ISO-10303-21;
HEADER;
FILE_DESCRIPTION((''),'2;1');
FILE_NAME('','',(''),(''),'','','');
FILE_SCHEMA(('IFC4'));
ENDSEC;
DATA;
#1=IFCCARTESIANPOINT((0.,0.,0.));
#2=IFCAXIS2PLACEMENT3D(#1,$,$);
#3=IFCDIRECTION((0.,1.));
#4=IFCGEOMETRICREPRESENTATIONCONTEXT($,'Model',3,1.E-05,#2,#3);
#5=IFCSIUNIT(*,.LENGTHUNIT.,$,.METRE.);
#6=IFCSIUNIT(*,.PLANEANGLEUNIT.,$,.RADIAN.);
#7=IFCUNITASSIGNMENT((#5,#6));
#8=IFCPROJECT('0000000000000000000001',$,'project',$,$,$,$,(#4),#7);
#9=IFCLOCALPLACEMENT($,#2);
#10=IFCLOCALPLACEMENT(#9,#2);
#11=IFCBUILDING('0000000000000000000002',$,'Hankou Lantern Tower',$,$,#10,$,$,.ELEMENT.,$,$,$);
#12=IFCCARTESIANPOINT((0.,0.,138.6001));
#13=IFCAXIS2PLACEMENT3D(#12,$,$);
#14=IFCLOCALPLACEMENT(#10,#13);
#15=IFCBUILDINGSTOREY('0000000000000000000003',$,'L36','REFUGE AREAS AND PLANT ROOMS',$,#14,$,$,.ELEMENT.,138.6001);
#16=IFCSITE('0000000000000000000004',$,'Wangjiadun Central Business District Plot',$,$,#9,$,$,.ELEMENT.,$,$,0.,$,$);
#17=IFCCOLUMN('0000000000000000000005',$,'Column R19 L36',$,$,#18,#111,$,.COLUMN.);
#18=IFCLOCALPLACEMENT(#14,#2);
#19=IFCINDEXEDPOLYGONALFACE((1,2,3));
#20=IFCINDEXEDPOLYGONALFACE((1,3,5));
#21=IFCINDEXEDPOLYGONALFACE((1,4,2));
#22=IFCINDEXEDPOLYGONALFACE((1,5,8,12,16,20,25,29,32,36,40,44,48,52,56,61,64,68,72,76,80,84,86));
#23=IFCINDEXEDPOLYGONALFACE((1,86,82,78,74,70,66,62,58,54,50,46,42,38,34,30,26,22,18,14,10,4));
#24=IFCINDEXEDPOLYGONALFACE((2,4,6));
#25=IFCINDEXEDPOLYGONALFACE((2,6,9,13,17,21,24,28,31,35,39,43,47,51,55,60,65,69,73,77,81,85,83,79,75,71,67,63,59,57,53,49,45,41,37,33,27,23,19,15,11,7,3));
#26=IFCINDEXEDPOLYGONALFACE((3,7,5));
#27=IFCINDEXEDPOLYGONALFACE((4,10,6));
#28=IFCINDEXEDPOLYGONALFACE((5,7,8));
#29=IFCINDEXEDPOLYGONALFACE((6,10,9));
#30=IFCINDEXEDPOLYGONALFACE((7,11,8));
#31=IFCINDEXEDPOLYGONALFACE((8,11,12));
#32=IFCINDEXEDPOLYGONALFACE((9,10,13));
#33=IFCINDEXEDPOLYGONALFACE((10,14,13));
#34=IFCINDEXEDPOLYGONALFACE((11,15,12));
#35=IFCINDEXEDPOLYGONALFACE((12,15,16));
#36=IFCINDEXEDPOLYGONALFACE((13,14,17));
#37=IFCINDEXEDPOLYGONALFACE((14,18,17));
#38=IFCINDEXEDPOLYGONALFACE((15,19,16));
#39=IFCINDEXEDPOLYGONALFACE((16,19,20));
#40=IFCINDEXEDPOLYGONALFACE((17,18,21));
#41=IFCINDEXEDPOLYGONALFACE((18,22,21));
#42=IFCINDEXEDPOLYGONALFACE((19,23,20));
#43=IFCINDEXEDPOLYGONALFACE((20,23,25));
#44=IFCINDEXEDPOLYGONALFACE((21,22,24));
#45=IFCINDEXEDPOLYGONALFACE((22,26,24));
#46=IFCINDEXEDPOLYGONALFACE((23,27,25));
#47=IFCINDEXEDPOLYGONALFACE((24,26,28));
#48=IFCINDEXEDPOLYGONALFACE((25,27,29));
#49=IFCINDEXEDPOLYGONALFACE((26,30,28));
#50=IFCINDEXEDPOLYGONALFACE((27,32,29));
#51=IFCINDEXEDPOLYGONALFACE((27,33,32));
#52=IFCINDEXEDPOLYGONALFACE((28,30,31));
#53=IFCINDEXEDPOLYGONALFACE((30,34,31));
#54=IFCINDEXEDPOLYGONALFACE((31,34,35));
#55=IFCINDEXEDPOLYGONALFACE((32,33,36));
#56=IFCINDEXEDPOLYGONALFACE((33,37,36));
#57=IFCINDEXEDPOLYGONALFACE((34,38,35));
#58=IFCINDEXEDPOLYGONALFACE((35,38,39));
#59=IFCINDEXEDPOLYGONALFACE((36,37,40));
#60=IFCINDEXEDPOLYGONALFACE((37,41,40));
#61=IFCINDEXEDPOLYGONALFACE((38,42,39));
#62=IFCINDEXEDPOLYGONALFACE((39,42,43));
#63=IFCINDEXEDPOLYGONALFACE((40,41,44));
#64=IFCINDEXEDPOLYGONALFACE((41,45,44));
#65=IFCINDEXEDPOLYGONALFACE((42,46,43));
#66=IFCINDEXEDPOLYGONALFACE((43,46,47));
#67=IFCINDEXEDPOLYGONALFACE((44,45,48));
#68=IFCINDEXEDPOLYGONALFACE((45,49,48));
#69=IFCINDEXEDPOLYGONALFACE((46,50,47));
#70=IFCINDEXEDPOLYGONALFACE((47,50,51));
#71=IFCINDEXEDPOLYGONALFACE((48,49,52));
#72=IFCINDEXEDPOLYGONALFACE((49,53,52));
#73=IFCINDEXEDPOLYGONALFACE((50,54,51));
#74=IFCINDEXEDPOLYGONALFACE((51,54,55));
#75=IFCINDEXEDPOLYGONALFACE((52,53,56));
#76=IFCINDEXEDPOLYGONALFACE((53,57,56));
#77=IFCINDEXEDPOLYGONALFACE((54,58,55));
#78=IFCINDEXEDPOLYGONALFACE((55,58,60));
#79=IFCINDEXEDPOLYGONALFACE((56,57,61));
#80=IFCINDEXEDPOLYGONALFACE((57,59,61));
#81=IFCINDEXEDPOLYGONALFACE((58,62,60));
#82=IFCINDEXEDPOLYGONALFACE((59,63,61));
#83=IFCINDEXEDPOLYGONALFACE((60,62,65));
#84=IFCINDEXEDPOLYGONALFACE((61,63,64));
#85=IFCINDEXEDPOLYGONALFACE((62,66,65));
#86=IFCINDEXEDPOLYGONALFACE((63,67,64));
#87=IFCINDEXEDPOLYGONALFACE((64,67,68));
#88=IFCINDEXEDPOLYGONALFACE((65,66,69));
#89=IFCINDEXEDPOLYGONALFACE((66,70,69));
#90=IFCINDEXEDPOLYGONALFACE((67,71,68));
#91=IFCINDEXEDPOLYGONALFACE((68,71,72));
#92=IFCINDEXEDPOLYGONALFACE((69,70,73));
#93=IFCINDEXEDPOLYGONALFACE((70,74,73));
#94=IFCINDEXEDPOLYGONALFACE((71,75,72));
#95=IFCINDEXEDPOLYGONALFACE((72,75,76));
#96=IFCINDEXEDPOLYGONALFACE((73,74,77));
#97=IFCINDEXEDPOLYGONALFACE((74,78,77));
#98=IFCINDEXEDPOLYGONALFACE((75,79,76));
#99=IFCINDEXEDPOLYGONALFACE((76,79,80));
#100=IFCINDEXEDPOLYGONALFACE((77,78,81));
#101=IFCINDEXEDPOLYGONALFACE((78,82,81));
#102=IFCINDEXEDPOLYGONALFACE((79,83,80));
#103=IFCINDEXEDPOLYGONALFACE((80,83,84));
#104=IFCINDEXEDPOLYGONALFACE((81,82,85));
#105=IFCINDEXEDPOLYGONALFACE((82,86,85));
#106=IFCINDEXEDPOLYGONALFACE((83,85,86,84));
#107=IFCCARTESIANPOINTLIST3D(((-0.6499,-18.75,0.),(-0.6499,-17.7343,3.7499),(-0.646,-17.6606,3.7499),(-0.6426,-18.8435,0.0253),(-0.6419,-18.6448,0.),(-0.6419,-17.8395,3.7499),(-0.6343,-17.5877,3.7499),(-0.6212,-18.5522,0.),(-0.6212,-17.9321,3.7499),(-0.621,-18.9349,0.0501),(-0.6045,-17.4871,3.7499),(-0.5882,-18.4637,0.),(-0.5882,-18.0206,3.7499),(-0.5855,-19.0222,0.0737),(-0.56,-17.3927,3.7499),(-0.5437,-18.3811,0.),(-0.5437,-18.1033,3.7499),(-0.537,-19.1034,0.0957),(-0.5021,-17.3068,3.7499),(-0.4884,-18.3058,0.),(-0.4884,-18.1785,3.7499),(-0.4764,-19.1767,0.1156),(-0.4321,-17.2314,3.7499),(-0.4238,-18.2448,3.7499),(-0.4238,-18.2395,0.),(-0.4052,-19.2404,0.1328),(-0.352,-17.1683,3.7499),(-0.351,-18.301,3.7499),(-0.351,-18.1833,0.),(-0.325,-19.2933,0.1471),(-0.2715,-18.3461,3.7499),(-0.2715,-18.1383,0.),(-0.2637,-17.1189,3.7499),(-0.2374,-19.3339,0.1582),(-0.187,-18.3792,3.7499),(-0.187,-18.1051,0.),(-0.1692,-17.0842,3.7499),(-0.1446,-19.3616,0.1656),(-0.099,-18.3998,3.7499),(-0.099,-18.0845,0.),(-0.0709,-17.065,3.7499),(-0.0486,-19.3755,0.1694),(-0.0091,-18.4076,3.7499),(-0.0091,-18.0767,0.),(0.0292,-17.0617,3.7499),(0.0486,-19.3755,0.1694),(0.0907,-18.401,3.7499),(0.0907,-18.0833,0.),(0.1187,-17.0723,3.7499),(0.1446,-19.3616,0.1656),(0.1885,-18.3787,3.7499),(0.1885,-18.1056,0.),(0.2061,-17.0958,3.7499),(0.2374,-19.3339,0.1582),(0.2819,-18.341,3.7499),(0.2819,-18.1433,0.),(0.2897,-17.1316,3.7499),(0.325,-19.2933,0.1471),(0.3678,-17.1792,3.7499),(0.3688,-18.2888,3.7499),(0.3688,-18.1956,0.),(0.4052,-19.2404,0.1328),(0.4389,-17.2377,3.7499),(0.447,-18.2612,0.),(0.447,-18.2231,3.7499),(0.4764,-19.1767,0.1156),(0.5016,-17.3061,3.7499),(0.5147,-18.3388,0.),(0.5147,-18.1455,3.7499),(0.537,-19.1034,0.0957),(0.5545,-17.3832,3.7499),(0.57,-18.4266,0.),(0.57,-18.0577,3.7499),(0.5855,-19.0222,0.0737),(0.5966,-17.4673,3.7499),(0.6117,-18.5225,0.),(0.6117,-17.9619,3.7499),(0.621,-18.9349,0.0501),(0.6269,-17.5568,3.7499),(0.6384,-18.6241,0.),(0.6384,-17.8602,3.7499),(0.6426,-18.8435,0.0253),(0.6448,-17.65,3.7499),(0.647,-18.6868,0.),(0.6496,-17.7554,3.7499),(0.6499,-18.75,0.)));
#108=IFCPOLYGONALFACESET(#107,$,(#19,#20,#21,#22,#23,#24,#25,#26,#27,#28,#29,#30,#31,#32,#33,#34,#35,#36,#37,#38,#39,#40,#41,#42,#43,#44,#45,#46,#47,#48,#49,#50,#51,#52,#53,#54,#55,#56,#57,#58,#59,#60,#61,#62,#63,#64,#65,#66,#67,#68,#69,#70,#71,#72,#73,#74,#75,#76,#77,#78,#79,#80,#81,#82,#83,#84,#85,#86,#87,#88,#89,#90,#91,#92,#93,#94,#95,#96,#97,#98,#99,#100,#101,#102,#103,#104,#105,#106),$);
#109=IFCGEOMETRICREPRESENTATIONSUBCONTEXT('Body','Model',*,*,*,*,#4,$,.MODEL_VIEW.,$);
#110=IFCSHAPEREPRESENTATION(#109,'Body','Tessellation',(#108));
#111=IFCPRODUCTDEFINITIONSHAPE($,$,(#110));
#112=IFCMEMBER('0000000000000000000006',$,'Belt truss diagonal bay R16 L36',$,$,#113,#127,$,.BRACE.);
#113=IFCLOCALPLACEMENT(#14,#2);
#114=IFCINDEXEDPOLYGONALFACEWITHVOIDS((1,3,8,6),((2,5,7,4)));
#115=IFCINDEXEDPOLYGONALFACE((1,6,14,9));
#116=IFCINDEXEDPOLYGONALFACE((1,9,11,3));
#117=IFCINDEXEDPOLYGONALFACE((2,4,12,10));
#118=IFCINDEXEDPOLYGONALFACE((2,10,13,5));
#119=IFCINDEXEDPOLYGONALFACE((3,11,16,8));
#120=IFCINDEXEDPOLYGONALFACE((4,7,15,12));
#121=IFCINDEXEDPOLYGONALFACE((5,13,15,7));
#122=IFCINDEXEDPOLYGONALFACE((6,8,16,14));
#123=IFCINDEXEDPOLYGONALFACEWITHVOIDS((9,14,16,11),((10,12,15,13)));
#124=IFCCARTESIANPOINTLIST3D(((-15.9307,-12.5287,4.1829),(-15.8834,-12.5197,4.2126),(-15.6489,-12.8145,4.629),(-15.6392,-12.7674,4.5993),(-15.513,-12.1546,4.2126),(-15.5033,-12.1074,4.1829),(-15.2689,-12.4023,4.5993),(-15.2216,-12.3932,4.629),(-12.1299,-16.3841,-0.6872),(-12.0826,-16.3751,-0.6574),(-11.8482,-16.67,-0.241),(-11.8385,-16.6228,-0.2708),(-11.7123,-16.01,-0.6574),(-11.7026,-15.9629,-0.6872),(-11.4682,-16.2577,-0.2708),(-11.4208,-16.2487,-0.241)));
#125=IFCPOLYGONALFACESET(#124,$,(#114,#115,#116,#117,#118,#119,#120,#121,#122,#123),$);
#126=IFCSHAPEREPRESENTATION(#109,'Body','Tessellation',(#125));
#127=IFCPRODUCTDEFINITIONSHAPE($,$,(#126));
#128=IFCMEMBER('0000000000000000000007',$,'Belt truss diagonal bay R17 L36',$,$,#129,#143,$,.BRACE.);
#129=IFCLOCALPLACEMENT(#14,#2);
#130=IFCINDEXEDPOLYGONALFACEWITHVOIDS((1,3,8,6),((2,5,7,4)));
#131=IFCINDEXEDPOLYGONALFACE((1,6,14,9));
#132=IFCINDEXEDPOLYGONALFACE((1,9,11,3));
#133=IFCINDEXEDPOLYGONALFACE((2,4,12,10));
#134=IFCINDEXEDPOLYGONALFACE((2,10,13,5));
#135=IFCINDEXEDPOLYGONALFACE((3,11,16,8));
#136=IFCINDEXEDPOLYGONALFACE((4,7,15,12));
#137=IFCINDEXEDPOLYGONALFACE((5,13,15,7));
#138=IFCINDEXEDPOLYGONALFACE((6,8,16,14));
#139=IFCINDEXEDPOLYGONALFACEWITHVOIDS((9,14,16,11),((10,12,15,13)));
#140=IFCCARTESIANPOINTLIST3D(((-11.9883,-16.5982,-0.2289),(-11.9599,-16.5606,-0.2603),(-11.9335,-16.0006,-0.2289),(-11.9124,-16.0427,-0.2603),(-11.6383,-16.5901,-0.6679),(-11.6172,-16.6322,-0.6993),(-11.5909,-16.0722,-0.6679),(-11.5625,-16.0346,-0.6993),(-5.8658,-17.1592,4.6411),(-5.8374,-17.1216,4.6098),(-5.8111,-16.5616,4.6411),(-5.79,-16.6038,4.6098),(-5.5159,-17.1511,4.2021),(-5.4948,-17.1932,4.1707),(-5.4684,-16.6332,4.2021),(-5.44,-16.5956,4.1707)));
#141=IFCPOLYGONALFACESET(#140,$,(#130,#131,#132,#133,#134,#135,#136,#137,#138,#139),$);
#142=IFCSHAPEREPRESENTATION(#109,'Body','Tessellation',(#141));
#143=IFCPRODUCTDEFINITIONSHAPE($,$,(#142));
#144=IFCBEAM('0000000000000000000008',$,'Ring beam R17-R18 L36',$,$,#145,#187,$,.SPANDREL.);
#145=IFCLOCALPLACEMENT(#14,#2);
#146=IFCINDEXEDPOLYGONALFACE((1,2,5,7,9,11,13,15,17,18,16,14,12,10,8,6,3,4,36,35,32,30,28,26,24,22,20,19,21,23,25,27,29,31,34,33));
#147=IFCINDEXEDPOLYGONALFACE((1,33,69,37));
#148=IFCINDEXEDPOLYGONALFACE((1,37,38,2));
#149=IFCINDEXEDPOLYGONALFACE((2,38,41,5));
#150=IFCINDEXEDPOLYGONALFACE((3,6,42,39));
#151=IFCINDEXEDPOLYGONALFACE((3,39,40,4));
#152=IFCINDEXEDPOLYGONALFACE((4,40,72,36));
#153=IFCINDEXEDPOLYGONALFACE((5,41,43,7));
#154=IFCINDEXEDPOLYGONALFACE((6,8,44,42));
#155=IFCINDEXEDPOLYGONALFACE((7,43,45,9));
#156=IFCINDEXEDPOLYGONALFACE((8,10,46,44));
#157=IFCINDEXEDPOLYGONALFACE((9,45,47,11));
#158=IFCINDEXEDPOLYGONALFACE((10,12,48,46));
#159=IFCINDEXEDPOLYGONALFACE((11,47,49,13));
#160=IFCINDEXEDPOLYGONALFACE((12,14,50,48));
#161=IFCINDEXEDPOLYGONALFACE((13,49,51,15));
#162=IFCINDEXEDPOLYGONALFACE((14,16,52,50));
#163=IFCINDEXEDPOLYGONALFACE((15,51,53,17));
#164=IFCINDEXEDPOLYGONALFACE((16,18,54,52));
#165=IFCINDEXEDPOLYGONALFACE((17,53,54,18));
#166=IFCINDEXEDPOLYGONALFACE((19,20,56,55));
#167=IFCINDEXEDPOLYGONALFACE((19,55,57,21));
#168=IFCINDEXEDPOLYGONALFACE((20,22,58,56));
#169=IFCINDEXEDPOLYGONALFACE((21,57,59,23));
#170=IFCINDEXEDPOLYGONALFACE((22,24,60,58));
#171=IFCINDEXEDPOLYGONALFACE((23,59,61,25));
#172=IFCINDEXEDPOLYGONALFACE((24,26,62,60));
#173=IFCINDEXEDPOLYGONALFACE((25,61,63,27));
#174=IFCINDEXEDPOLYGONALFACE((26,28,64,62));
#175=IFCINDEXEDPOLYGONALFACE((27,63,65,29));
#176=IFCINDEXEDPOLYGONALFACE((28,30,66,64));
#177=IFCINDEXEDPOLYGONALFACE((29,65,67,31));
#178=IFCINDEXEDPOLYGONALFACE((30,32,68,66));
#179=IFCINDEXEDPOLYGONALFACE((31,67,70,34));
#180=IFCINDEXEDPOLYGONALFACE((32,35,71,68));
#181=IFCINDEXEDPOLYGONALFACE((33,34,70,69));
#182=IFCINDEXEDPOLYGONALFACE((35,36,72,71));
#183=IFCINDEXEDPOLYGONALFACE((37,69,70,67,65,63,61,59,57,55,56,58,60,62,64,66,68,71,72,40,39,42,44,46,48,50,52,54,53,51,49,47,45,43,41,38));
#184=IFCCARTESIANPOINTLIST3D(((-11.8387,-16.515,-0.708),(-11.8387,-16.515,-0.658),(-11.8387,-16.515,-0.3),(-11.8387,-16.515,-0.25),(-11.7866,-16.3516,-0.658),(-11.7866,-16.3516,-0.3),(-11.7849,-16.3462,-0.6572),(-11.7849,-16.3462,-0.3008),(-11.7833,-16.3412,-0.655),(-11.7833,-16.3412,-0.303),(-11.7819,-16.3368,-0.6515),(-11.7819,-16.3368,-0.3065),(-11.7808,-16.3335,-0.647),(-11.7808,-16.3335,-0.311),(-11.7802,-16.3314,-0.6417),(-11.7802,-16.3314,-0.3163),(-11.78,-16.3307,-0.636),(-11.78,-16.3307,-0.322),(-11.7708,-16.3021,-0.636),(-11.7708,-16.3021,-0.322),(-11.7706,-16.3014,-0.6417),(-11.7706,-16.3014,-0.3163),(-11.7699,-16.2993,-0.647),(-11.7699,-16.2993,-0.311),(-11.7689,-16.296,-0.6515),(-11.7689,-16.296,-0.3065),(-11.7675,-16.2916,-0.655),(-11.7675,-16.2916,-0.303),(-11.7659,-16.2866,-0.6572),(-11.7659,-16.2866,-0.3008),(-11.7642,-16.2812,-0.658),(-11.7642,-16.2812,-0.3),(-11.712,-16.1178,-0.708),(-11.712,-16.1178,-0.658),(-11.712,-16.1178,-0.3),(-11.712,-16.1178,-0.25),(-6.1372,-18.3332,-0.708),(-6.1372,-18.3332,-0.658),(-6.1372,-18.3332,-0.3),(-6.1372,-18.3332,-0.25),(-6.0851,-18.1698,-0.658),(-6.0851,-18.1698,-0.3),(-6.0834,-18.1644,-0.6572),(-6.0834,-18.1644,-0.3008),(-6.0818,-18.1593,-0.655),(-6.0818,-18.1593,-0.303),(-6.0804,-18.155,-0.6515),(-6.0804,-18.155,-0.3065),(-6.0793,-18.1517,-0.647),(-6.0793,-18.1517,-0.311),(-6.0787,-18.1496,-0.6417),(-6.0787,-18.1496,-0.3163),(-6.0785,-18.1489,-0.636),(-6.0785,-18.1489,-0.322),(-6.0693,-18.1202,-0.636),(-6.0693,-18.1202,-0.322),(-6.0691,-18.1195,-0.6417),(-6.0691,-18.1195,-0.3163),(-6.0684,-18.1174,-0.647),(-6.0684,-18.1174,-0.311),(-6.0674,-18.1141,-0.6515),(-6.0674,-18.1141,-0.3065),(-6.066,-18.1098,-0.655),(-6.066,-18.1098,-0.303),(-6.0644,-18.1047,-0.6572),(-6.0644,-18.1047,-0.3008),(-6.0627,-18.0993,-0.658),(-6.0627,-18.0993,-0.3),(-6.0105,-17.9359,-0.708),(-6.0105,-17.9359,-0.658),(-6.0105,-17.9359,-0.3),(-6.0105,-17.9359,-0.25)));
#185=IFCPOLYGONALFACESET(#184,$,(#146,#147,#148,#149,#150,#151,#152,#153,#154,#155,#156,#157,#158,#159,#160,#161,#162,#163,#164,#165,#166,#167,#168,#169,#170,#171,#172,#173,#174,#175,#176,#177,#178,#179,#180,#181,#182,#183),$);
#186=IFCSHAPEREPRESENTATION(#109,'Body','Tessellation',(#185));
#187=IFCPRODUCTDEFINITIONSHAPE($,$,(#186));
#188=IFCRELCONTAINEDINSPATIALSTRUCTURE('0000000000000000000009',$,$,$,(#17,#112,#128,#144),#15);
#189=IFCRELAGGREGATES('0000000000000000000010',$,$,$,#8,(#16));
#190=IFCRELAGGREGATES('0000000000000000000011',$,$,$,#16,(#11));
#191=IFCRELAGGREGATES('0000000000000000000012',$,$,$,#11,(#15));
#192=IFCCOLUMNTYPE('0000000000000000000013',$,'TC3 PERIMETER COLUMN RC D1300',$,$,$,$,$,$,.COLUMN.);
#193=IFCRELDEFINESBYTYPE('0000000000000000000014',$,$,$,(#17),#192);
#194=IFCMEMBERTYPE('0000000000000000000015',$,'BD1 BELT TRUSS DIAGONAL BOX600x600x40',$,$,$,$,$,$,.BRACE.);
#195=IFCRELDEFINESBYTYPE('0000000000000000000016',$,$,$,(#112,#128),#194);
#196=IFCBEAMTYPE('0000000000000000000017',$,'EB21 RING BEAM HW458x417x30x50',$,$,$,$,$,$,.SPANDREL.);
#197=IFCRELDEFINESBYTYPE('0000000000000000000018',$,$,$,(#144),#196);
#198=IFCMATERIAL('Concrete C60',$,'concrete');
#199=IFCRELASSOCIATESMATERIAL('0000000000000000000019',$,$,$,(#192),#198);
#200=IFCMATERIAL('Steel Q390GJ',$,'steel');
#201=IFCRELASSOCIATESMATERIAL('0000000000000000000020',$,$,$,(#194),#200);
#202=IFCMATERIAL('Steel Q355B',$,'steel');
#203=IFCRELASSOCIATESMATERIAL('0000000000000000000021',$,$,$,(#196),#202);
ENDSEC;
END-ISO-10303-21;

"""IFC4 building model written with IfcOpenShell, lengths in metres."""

from ifc_helpers import new_model, si_unit, direction, frame, origin, origin_2d, place, context, subcontext, project, spatial, hollow_rectangle, circle, i_section, extrude, clip, halfspace, material, material_profile, profile_set, type_object, element, save


model = new_model("IFC4")

# Units and contexts
model_context = context("Model", 3, precision=1e-05, world=origin(), true_north=direction((0.0, 1.0)))
body_context = subcontext(model_context, "Body", "Model", "MODEL_VIEW")
ifc_project = project(units=[si_unit("LENGTHUNIT", "METRE"), si_unit("PLANEANGLEUNIT", "RADIAN")], contexts=[model_context])

# Site, building, storey
site_placement = place(None, origin())
site = spatial("IfcSite", under=ifc_project, at=site_placement, Name="Wangjiadun Central Business District Plot", CompositionType="ELEMENT", RefElevation=0.0)
building_placement = place(site_placement, origin())
building = spatial("IfcBuilding", under=site, at=building_placement, Name="Hankou Lantern Tower", CompositionType="ELEMENT")
storey_placement = place(building_placement, frame((0.0, 0.0, 138.6001)))
storey = spatial("IfcBuildingStorey", under=building, at=storey_placement, Name="L36", Description="REFUGE AREAS AND PLANT ROOMS", CompositionType="ELEMENT", Elevation=138.6001)

# Column
ifc_material_1 = material(Name="Concrete C60", Category="concrete")
ifc_material_profile_1 = material_profile(ifc_material_1, circle(Radius=0.6499, at=origin_2d()), Name="RC D1300")
ifc_profile_set_1 = profile_set([ifc_material_profile_1], Name="Concrete C60")
column_type = type_object("IfcColumnType", Name="TC3 PERIMETER COLUMN RC D1300", PredefinedType="COLUMN", material=ifc_profile_set_1)
column_1_placement = place(storey_placement, frame((0.0, -18.75, 0.0), z_axis=(0.0, 0.261435, 0.965221), x_axis=(-1.0, 0.0, 0.0)))
element("IfcColumn", 1, at=column_1_placement, inside=storey, type_object=column_type, Name="Column R19 L36", PredefinedType="COLUMN", context=body_context, shape_type="Clipping", body=[
    clip(clip(extrude(circle(Radius=0.6499, at=origin_2d()), origin(), (0.0, 0.0, 1.0), 4.9727), halfspace(frame((0.0, 0.0, 0.0), z_axis=(0.0, -0.261435, -0.965221), x_axis=(-1.0, 0.0, 0.0)), False)), halfspace(frame((0.0, 0.0, 3.885), z_axis=(0.0, 0.261435, 0.965221), x_axis=(-1.0, 0.0, 0.0)), False)),
])

# Members
ifc_material_2 = material(Name="Steel Q390GJ", Category="steel")
ifc_material_profile_2 = material_profile(ifc_material_2, hollow_rectangle(XDim=0.6001, YDim=0.6001, WallThickness=0.04, at=origin_2d()), Name="BOX600x600x40")
ifc_profile_set_2 = profile_set([ifc_material_profile_2], Name="Steel Q390GJ")
member_type = type_object("IfcMemberType", Name="BD1 BELT TRUSS DIAGONAL BOX600x600x40", PredefinedType="BRACE", material=ifc_profile_set_2)
member_1_placement = place(storey_placement, frame((-11.7754, -16.3164, -0.4641), z_axis=(-0.521937, 0.529446, 0.668782), x_axis=(-0.712139, -0.702038, 0.0)))
element("IfcMember", 2, at=member_1_placement, inside=storey, type_object=member_type, Name="Belt truss diagonal bay R16 L36", PredefinedType="BRACE", context=body_context, shape_type="SweptSolid", body=[
    extrude(hollow_rectangle(XDim=0.6001, YDim=0.6001, WallThickness=0.04, at=origin_2d()), origin(), (0.0, 0.0, 1.0), 7.282),
])
member_2_placement = place(storey_placement, frame((-11.7754, -16.3164, -0.4641), z_axis=(0.780603, -0.07153, 0.620921), x_axis=(0.091252, 0.995828, 0.0)))
element("IfcMember", 3, at=member_2_placement, inside=storey, type_object=member_type, Name="Belt truss diagonal bay R17 L36", PredefinedType="BRACE", context=body_context, shape_type="SweptSolid", body=[
    extrude(hollow_rectangle(XDim=0.6001, YDim=0.6001, WallThickness=0.04, at=origin_2d()), origin(), (0.0, 0.0, 1.0), 7.8433),
])

# Beam
ifc_material_3 = material(Name="Steel Q355B", Category="steel")
ifc_material_profile_3 = material_profile(ifc_material_3, i_section(OverallWidth=0.417, OverallDepth=0.458, WebThickness=0.03, FlangeThickness=0.05, FilletRadius=0.022, at=origin_2d()), Name="HW458x417x30x50")
ifc_profile_set_3 = profile_set([ifc_material_profile_3], Name="Steel Q355B")
beam_type_1 = type_object("IfcBeamType", Name="EB21 RING BEAM HW458x417x30x50", PredefinedType="SPANDREL", material=ifc_profile_set_3)
beam_1_placement = place(storey_placement, frame((-11.7754, -16.3164, -0.479), z_axis=(0.952731, -0.303815, 0.0), x_axis=(0.303815, 0.952731, 0.0)))
element("IfcBeam", 4, at=beam_1_placement, inside=storey, type_object=beam_type_1, Name="Ring beam R17-R18 L36", PredefinedType="SPANDREL", context=body_context, shape_type="SweptSolid", body=[
    extrude(i_section(OverallWidth=0.417, OverallDepth=0.458, WebThickness=0.03, FlangeThickness=0.05, FilletRadius=0.022, at=origin_2d()), origin(), (0.0, 0.0, 1.0), 5.9844),
])

save(model, "model.ifc")
